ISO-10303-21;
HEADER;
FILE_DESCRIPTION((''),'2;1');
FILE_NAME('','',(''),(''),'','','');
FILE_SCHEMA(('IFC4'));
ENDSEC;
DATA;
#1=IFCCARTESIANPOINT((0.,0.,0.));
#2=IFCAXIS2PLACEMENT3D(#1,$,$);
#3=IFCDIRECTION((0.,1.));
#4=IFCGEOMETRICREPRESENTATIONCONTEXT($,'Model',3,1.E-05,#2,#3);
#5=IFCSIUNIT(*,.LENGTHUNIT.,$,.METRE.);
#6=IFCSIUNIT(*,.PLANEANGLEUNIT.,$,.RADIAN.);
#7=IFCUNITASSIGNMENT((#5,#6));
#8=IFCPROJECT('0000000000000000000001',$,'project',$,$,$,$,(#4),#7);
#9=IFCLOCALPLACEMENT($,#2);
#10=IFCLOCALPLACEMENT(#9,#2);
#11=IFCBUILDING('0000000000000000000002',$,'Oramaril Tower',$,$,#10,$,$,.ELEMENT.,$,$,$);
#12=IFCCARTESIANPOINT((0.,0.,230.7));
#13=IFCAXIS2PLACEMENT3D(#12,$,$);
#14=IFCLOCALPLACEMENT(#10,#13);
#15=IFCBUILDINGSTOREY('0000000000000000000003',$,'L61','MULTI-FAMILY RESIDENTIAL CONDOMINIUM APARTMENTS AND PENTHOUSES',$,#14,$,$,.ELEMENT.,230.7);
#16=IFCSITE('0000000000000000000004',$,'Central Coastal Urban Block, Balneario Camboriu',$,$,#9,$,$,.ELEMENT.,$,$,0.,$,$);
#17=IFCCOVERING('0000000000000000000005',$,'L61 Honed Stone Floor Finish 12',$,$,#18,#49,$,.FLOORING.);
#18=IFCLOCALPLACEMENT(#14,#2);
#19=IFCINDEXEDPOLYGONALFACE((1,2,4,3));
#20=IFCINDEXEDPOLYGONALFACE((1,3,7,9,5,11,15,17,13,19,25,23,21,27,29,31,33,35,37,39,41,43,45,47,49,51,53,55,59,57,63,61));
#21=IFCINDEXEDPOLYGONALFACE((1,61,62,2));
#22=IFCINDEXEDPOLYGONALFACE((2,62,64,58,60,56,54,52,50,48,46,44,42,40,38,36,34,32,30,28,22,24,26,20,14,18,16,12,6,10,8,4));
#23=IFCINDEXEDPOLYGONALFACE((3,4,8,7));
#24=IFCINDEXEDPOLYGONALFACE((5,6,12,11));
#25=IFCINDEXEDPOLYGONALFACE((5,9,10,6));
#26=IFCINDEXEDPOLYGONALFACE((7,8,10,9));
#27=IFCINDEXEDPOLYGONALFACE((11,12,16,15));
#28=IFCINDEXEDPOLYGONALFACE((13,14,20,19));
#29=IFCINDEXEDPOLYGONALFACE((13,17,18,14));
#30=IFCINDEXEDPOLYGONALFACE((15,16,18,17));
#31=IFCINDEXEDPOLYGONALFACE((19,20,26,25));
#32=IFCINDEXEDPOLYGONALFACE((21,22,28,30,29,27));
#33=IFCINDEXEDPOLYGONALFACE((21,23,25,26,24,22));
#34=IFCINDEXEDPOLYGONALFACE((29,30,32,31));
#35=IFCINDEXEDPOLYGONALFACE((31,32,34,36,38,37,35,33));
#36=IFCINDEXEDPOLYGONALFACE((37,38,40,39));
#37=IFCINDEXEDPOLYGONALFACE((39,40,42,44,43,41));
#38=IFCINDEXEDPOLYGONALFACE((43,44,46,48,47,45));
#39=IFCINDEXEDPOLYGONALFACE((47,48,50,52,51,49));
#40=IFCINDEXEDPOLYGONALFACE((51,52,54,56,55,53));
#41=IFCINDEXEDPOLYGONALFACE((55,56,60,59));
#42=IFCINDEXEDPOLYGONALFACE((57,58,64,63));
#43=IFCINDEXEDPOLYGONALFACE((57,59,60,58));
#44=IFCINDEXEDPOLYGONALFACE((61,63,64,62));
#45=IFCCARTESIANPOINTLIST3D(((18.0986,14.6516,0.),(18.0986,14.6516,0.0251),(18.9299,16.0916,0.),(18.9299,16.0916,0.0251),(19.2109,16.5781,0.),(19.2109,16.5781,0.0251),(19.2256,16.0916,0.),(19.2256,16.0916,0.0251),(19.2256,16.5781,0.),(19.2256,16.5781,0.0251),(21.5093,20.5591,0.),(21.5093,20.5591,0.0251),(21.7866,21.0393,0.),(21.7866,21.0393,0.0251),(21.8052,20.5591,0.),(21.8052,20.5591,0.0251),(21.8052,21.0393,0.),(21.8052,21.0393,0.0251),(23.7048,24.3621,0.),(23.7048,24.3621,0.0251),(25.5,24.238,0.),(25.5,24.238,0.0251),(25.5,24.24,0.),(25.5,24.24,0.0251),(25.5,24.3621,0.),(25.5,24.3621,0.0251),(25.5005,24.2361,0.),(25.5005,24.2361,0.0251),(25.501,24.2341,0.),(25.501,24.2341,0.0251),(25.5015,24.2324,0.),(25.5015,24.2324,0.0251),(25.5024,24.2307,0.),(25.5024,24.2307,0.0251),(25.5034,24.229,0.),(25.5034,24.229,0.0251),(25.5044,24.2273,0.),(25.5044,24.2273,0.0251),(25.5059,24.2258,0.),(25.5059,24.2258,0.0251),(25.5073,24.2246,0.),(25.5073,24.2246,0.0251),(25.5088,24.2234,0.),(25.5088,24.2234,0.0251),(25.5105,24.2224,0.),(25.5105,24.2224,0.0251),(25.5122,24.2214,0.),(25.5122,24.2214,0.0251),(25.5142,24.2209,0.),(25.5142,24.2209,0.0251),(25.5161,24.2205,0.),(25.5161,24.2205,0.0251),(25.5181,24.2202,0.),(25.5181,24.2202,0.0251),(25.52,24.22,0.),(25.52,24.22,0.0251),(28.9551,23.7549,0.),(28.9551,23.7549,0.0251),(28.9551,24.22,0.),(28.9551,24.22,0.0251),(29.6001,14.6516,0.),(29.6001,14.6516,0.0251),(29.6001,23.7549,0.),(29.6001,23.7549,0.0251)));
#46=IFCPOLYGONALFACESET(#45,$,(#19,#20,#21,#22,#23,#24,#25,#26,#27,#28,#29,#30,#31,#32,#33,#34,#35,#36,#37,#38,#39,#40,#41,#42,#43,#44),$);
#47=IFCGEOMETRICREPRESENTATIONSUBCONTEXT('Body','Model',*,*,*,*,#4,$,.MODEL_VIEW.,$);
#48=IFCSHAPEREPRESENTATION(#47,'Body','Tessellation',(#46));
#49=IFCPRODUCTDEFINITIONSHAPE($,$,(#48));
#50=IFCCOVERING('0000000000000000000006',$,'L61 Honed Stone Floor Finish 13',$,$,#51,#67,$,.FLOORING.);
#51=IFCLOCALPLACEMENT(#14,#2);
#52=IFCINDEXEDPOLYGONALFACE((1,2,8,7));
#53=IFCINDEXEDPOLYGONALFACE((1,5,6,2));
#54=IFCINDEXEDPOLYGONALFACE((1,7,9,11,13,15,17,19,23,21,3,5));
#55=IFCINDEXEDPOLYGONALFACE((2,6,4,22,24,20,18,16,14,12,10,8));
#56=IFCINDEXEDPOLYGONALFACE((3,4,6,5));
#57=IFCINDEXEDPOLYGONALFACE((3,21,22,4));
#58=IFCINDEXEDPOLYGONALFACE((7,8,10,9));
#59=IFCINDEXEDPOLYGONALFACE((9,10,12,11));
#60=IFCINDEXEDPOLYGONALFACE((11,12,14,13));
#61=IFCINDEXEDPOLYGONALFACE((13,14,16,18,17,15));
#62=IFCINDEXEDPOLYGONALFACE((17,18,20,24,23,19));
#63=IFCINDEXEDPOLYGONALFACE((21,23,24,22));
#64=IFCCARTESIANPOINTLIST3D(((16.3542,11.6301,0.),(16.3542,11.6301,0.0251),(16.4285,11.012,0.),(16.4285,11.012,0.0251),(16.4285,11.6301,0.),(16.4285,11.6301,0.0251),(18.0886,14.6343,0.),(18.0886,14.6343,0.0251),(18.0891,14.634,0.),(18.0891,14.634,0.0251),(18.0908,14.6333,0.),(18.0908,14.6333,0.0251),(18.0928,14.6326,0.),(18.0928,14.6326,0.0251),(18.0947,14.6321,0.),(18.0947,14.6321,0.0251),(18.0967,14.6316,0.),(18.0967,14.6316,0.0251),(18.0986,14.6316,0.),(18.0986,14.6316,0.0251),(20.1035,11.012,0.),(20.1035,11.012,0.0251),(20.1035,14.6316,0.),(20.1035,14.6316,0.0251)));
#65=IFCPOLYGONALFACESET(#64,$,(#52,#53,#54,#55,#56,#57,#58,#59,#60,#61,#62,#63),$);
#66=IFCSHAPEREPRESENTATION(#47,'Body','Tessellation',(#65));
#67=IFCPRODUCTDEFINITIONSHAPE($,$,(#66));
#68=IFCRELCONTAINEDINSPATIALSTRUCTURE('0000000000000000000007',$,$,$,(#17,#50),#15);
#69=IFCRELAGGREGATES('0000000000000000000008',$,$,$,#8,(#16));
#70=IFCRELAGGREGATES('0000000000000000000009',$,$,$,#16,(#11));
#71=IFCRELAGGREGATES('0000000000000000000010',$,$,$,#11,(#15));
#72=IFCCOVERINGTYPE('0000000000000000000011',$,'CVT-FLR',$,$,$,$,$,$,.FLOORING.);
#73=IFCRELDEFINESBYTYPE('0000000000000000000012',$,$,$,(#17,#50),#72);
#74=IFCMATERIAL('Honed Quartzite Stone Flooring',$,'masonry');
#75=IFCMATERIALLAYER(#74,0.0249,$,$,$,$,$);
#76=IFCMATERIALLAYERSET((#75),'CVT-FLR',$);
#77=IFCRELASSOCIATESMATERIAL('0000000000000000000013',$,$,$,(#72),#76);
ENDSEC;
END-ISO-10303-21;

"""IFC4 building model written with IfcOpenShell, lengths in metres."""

from ifc_helpers import new_model, si_unit, direction, frame, origin, place, context, subcontext, project, spatial, polyline, outline, extrude, material, layer, layer_set, type_object, element, save


model = new_model("IFC4")

# Units and contexts
model_context = context("Model", 3, precision=1e-05, world=origin(), true_north=direction((0.0, 1.0)))
body_context = subcontext(model_context, "Body", "Model", "MODEL_VIEW")
ifc_project = project(units=[si_unit("LENGTHUNIT", "METRE"), si_unit("PLANEANGLEUNIT", "RADIAN")], contexts=[model_context])

# Site, building, storey
site_placement = place(None, origin())
site = spatial("IfcSite", under=ifc_project, at=site_placement, Name="Central Coastal Urban Block, Balneario Camboriu", CompositionType="ELEMENT", RefElevation=0.0)
building_placement = place(site_placement, origin())
building = spatial("IfcBuilding", under=site, at=building_placement, Name="Oramaril Tower", CompositionType="ELEMENT")
storey_placement = place(building_placement, frame((0.0, 0.0, 230.7)))
storey = spatial("IfcBuildingStorey", under=building, at=storey_placement, Name="L61", Description="MULTI-FAMILY RESIDENTIAL CONDOMINIUM APARTMENTS AND PENTHOUSES", CompositionType="ELEMENT", Elevation=230.7)

# Coverings
ifc_material_1 = material(Name="Honed Quartzite Stone Flooring", Category="masonry")
ifc_layer_1 = layer(ifc_material_1, 0.0249)
ifc_layer_set_1 = layer_set([ifc_layer_1], Name="CVT-FLR")
covering_type_1 = type_object("IfcCoveringType", Name="CVT-FLR", PredefinedType="FLOORING", material=ifc_layer_set_1)
covering_1_placement = place(storey_placement, origin())
element("IfcCovering", 1, at=covering_1_placement, inside=storey, type_object=covering_type_1, Name="L61 Honed Stone Floor Finish 12", PredefinedType="FLOORING", context=body_context, shape_type="SweptSolid", body=[
    extrude(outline(polyline([(28.9551, 23.7549), (29.6001, 23.7549), (29.6001, 14.6516), (18.0986, 14.6516), (18.9299, 16.0916), (19.2256, 16.0916), (19.2256, 16.5781), (19.2109, 16.5781), (21.5093, 20.5591), (21.8052, 20.5591), (21.8052, 21.0393), (21.7866, 21.0393), (23.7048, 24.3621), (25.5, 24.3621), (25.5, 24.24), (25.5, 24.238), (25.5005, 24.2361), (25.501, 24.2341), (25.5015, 24.2324), (25.5024, 24.2307), (25.5034, 24.229), (25.5044, 24.2273), (25.5059, 24.2258), (25.5073, 24.2246), (25.5088, 24.2234), (25.5105, 24.2224), (25.5122, 24.2214), (25.5142, 24.2209), (25.5161, 24.2205), (25.5181, 24.2202), (25.52, 24.22), (28.9551, 24.22), (28.9551, 23.7549)])), origin(), (0.0, 0.0, 1.0), 0.0251),
])
covering_2_placement = place(storey_placement, origin())
element("IfcCovering", 2, at=covering_2_placement, inside=storey, type_object=covering_type_1, Name="L61 Honed Stone Floor Finish 13", PredefinedType="FLOORING", context=body_context, shape_type="SweptSolid", body=[
    extrude(outline(polyline([(16.4285, 11.6301), (16.3542, 11.6301), (18.0886, 14.6343), (18.0891, 14.634), (18.0908, 14.6333), (18.0928, 14.6326), (18.0947, 14.6321), (18.0967, 14.6316), (18.0986, 14.6316), (20.1035, 14.6316), (20.1035, 11.012), (16.4285, 11.012), (16.4285, 11.6301)])), origin(), (0.0, 0.0, 1.0), 0.0251),
])

save(model, "model.ifc")
